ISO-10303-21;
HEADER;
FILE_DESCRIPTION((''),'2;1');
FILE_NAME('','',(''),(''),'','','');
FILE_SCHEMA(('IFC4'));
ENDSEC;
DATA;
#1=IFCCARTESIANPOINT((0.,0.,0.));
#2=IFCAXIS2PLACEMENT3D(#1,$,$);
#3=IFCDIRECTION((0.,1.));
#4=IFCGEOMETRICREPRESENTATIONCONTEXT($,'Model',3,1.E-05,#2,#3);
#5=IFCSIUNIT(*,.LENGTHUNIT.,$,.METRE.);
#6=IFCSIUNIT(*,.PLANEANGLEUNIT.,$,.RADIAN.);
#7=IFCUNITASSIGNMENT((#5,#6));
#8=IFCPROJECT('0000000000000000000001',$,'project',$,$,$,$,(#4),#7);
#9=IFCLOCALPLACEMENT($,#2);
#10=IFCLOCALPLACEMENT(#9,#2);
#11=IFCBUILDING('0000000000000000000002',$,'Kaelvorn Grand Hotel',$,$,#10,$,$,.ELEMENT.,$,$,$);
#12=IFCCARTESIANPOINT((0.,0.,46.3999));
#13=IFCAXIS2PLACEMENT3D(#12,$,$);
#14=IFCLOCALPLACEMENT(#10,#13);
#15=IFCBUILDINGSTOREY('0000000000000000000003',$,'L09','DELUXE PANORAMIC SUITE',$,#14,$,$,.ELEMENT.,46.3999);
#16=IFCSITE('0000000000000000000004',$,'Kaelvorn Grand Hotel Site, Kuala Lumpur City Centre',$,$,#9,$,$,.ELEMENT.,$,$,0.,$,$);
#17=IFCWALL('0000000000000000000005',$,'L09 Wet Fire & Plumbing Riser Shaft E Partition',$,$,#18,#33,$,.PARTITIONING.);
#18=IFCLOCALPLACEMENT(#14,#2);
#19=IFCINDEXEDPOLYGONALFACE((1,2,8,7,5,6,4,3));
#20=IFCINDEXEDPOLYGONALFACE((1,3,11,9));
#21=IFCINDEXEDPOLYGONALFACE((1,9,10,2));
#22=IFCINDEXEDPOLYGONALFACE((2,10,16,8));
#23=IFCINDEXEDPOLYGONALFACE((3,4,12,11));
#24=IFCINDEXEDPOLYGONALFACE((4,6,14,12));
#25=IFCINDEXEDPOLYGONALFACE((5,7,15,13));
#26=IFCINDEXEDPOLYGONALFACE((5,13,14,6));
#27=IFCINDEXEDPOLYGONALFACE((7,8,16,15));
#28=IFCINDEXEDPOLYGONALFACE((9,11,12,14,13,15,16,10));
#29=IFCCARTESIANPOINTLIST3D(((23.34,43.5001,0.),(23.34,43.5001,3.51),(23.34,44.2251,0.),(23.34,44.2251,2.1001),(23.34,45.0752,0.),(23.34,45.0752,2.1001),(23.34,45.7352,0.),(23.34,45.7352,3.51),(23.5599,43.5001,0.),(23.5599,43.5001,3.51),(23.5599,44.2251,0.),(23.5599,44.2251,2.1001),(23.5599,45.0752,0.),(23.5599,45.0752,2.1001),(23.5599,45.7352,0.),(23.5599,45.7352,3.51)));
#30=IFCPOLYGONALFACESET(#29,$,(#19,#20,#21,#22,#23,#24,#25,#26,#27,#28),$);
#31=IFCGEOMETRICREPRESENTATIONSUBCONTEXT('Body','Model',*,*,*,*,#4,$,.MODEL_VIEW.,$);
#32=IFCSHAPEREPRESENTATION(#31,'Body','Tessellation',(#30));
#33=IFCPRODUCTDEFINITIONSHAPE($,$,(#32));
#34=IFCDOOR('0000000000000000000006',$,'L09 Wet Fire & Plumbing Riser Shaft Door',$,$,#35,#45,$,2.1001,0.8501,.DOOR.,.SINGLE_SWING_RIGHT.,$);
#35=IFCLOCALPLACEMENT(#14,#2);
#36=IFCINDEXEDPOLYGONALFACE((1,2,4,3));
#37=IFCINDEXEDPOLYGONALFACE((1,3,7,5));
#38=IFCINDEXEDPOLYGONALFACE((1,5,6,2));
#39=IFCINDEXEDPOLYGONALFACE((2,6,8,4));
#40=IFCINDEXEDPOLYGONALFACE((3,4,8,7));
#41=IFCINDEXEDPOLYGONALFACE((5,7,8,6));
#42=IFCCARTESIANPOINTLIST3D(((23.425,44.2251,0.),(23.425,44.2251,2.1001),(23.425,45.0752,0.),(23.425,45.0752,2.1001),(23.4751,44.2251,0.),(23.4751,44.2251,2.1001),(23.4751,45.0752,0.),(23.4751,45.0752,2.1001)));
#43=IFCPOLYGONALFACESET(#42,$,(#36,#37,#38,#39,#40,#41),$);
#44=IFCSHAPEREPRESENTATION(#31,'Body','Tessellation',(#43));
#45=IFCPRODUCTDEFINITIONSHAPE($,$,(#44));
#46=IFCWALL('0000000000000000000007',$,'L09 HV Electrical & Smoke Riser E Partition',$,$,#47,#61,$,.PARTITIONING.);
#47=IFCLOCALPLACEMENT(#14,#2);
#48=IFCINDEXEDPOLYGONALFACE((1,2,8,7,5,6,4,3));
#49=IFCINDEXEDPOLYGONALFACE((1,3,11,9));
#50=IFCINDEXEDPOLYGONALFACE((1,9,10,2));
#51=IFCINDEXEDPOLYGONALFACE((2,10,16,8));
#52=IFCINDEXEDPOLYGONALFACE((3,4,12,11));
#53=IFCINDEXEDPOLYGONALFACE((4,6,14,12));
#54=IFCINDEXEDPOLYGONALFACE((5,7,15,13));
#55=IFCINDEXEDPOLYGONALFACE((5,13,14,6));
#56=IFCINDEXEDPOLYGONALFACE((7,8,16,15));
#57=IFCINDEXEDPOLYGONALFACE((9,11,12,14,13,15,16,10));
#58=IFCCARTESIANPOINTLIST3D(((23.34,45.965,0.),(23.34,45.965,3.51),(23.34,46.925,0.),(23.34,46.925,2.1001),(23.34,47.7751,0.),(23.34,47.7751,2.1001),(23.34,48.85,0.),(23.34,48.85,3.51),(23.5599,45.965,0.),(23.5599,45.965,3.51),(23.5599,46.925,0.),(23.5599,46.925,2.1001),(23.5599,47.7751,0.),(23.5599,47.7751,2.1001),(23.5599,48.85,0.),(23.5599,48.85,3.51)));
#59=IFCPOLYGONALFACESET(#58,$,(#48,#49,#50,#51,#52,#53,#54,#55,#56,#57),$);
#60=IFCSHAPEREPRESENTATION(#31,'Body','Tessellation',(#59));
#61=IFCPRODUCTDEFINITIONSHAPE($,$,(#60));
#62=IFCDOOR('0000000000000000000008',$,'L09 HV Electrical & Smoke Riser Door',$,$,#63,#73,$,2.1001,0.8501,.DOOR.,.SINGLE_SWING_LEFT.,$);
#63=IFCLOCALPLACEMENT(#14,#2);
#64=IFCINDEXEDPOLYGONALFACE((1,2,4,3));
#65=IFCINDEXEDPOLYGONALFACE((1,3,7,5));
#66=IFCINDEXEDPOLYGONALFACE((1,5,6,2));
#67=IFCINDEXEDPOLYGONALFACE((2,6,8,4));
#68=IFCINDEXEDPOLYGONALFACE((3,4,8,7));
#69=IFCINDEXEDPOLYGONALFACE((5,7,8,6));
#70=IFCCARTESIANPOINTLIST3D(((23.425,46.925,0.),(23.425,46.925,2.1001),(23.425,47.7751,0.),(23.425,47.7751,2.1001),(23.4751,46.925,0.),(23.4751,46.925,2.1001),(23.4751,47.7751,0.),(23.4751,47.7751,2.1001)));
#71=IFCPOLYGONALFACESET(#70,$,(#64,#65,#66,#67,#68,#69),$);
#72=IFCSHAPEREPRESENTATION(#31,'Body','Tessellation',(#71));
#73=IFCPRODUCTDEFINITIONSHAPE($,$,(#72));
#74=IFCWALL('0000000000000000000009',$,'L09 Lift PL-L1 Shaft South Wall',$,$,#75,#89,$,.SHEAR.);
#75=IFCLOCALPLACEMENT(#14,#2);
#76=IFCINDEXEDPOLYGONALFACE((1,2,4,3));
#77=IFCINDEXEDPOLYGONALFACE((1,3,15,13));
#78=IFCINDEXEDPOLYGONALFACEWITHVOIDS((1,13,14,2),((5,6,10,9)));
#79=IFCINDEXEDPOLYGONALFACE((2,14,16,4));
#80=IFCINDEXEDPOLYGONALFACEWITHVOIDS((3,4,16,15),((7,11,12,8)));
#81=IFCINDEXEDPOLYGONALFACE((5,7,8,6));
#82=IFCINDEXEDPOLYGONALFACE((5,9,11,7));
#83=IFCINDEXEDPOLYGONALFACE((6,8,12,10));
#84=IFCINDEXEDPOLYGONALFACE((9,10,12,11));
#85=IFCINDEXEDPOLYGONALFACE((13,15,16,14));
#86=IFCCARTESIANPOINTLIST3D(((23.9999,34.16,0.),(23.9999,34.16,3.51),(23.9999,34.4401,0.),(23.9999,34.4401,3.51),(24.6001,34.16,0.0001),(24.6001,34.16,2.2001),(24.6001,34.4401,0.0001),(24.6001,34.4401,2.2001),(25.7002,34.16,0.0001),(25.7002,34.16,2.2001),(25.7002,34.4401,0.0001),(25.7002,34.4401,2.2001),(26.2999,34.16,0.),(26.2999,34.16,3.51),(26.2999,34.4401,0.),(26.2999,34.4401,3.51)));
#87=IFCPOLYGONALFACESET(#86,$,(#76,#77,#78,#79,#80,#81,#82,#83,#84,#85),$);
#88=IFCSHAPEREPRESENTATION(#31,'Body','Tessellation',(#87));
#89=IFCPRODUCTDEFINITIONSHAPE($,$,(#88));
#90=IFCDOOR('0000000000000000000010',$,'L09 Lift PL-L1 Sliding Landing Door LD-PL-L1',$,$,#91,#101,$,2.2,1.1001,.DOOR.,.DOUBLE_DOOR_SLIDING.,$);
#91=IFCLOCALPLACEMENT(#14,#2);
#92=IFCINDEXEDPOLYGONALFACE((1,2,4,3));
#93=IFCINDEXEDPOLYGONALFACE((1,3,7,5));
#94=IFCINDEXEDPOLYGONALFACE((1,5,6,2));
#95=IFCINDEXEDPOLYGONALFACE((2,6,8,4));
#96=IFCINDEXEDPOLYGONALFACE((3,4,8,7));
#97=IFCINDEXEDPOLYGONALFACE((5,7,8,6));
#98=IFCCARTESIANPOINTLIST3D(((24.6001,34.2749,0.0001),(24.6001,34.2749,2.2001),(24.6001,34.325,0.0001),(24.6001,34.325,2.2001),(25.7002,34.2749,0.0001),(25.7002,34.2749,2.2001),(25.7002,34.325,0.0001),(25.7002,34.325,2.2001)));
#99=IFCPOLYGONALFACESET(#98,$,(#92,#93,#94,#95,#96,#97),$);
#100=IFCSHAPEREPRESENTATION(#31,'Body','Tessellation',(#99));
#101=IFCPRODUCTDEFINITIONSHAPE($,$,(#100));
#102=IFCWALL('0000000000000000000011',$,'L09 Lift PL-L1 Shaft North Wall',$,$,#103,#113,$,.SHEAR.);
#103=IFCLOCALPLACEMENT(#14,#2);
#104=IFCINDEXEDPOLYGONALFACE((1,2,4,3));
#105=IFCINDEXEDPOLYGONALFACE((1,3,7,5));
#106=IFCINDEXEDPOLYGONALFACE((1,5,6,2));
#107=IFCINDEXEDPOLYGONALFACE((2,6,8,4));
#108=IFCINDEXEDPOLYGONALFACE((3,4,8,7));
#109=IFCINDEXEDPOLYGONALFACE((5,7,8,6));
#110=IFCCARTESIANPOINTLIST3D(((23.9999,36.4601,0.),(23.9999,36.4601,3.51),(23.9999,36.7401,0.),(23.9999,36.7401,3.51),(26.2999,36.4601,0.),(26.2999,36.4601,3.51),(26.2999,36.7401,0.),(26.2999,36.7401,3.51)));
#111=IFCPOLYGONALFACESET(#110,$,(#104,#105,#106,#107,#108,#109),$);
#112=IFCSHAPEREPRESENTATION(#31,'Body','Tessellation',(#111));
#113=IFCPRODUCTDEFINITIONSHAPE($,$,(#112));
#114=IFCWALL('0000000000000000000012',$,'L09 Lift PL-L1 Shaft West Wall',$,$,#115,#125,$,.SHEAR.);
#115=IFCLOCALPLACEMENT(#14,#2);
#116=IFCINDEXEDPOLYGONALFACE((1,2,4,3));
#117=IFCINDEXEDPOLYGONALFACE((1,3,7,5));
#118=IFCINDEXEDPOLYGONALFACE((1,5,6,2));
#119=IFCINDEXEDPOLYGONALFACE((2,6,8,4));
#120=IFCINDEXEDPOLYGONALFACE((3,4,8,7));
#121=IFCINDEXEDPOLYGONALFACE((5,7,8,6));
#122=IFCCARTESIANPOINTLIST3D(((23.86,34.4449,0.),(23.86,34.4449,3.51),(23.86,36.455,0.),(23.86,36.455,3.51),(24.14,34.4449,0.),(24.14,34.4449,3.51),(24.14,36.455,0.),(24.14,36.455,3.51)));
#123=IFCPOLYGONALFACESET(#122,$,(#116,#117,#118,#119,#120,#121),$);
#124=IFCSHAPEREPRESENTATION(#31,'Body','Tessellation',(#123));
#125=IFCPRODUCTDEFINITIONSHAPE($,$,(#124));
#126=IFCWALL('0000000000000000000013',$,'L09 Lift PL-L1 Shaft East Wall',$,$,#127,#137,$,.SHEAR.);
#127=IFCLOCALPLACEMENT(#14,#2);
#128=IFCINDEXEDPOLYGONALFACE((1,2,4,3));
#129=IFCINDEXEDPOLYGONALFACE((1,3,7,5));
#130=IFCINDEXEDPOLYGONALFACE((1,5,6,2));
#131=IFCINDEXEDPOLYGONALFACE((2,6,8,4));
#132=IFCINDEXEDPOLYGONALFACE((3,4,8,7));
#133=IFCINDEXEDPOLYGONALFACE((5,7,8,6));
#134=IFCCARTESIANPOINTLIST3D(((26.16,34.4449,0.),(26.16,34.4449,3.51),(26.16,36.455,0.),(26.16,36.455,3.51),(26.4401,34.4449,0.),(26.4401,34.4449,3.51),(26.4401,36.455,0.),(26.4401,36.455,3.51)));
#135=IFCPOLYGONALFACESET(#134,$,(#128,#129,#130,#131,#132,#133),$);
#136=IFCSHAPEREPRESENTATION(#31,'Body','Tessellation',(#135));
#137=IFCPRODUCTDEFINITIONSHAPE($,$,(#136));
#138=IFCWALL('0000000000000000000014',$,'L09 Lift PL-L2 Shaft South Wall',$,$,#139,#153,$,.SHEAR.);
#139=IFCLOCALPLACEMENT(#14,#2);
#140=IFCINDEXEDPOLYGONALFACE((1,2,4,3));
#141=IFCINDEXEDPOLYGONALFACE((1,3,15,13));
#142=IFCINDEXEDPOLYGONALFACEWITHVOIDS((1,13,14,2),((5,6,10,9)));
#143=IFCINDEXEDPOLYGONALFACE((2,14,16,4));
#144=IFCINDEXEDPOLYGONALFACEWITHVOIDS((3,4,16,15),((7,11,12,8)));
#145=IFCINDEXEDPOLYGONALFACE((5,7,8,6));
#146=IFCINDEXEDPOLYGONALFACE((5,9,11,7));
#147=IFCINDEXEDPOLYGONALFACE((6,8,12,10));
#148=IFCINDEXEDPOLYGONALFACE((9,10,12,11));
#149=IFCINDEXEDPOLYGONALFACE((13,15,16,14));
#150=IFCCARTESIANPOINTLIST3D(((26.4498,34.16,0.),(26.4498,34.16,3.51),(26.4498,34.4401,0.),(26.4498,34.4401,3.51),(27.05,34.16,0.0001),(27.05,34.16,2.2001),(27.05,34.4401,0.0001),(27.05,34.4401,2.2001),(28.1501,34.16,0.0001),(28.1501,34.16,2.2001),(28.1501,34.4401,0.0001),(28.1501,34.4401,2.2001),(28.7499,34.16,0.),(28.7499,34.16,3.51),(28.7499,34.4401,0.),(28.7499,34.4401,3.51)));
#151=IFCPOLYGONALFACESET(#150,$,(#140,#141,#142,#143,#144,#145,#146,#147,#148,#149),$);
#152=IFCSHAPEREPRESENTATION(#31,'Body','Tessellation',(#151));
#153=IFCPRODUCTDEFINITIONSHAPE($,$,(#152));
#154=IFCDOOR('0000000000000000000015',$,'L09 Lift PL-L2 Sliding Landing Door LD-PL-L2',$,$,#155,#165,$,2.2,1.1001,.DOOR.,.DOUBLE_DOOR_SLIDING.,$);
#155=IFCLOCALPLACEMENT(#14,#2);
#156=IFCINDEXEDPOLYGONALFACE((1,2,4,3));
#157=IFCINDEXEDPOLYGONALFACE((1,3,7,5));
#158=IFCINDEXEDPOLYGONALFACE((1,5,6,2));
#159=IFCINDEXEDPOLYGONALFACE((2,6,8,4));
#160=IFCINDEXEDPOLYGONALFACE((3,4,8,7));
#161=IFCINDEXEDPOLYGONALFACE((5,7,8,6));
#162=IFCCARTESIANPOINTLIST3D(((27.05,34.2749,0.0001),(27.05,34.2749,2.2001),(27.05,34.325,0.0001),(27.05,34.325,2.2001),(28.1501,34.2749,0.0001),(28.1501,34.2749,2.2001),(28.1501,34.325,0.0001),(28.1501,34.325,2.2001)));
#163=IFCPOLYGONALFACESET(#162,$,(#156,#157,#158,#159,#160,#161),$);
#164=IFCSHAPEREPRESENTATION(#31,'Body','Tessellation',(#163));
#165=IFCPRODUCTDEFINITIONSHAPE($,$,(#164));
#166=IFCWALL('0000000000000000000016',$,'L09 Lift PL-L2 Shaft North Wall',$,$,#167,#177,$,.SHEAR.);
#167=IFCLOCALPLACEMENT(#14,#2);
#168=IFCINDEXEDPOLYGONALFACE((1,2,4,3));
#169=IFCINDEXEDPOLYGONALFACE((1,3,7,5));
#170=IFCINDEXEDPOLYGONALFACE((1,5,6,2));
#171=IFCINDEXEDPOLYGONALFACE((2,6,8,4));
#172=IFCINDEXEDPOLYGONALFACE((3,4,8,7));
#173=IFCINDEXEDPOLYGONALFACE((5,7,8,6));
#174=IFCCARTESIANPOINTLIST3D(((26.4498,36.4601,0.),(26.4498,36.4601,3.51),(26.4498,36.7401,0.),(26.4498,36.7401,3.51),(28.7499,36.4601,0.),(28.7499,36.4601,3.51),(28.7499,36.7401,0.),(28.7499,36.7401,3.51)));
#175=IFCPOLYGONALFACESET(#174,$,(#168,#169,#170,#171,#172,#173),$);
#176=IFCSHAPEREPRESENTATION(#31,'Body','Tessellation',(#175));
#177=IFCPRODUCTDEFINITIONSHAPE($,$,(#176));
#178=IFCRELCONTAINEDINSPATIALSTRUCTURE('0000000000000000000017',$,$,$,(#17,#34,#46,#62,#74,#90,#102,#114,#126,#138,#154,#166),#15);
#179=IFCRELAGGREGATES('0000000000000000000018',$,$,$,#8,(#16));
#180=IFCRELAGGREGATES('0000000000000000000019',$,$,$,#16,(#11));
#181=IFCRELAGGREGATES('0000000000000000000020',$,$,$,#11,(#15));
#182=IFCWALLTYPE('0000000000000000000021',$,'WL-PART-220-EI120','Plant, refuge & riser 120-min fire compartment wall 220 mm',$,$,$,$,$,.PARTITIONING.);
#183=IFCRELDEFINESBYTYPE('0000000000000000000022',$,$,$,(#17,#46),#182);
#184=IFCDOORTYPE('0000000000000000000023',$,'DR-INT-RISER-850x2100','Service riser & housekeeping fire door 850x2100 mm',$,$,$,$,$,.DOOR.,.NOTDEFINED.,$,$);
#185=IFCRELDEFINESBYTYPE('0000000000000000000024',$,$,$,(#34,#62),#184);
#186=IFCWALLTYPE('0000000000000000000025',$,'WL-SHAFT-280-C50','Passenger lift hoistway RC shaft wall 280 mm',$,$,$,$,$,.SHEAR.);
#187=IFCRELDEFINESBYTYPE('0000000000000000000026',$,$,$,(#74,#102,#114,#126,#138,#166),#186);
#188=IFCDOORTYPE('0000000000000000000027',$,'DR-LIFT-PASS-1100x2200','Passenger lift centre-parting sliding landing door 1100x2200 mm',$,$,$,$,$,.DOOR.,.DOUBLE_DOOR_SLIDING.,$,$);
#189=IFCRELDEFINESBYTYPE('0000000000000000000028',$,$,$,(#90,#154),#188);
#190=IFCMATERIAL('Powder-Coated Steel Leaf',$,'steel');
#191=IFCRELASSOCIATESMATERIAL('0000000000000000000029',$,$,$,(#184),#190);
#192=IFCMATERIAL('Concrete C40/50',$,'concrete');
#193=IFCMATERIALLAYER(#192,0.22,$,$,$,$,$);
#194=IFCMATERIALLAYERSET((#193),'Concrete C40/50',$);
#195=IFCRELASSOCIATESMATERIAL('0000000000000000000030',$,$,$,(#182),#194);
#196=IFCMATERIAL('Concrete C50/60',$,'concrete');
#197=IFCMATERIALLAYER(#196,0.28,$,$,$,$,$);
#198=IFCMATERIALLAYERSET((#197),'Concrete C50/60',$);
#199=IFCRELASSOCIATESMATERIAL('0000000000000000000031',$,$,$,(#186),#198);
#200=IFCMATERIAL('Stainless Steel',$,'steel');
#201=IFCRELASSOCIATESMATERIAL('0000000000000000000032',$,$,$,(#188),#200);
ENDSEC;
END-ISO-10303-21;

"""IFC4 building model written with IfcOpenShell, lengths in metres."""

from ifc_helpers import new_model, si_unit, direction, frame, frame_2d, origin, place, context, subcontext, project, spatial, rectangle, extrude, material, layer, layer_set, type_object, element, fill, save


model = new_model("IFC4")

# Units and contexts
model_context = context("Model", 3, precision=1e-05, world=origin(), true_north=direction((0.0, 1.0)))
body_context = subcontext(model_context, "Body", "Model", "MODEL_VIEW")
ifc_project = project(units=[si_unit("LENGTHUNIT", "METRE"), si_unit("PLANEANGLEUNIT", "RADIAN")], contexts=[model_context])

# Site, building, storey
site_placement = place(None, origin())
site = spatial("IfcSite", under=ifc_project, at=site_placement, Name="Kaelvorn Grand Hotel Site, Kuala Lumpur City Centre", CompositionType="ELEMENT", RefElevation=0.0)
building_placement = place(site_placement, origin())
building = spatial("IfcBuilding", under=site, at=building_placement, Name="Kaelvorn Grand Hotel", CompositionType="ELEMENT")
storey_placement = place(building_placement, frame((0.0, 0.0, 46.3999)))
storey = spatial("IfcBuildingStorey", under=building, at=storey_placement, Name="L09", Description="DELUXE PANORAMIC SUITE", CompositionType="ELEMENT", Elevation=46.3999)

# Shared definitions
ifc_material_1 = material(Name="Powder-Coated Steel Leaf", Category="steel")
door_type_1 = type_object("IfcDoorType", Name="DR-INT-RISER-850x2100", Description="Service riser & housekeeping fire door 850x2100 mm", OperationType="NOTDEFINED", PredefinedType="DOOR", material=ifc_material_1)

# Shared definitions
ifc_material_2 = material(Name="Concrete C40/50", Category="concrete")
ifc_layer_1 = layer(ifc_material_2, 0.22)
ifc_layer_set_1 = layer_set([ifc_layer_1], Name="Concrete C40/50")
wall_type_1 = type_object("IfcWallType", Name="WL-PART-220-EI120", Description="Plant, refuge & riser 120-min fire compartment wall 220 mm", PredefinedType="PARTITIONING", material=ifc_layer_set_1)

# Walls, openings, doors
wall_1_placement = place(storey_placement, frame((23.45, 43.5, 0.0), z_axis=(0.0, 0.0, 1.0), x_axis=(0.0, 1.0, 0.0)))
wall_1 = element("IfcWall", 1, at=wall_1_placement, inside=storey, type_object=wall_type_1, Name="L09 Wet Fire & Plumbing Riser Shaft E Partition", PredefinedType="PARTITIONING", context=body_context, shape_type="SweptSolid", body=[
    extrude(rectangle(XDim=2.2351, YDim=0.22, at=frame_2d((1.1177, 0.0))), origin(), (0.0, 0.0, 1.0), 3.51),
])
opening_1_placement = place(wall_1_placement, frame((0.7251, 0.0, 0.0)))
opening_1 = element("IfcOpeningElement", 2, at=opening_1_placement, cuts=wall_1, PredefinedType="OPENING", context=body_context, shape_type="SweptSolid", body=[
    extrude(rectangle(XDim=0.8501, YDim=2.1001, at=frame_2d((0.425, 1.05))), frame((0.0, 0.1201, 0.0), z_axis=(0.0, -1.0, 0.0), x_axis=(1.0, 0.0, 0.0)), (0.0, 0.0, 1.0), 0.24),
])
door_1_placement = place(opening_1_placement, origin())
door_1 = element("IfcDoor", 3, at=door_1_placement, inside=storey, type_object=door_type_1, Name="L09 Wet Fire & Plumbing Riser Shaft Door", OperationType="SINGLE_SWING_RIGHT", OverallHeight=2.1001, OverallWidth=0.8501, PredefinedType="DOOR", context=body_context, shape_type="SweptSolid", body=[
    extrude(rectangle(XDim=0.8501, YDim=2.1001, at=frame_2d((0.425, 1.05))), frame((0.0, 0.0249, 0.0), z_axis=(0.0, -1.0, 0.0), x_axis=(1.0, 0.0, 0.0)), (0.0, 0.0, 1.0), 0.05),
])
fill(opening_1, door_1)
wall_2_placement = place(storey_placement, frame((23.45, 45.9651, 0.0), z_axis=(0.0, 0.0, 1.0), x_axis=(0.0, 1.0, 0.0)))
wall_2 = element("IfcWall", 4, at=wall_2_placement, inside=storey, type_object=wall_type_1, Name="L09 HV Electrical & Smoke Riser E Partition", PredefinedType="PARTITIONING", context=body_context, shape_type="SweptSolid", body=[
    extrude(rectangle(XDim=2.885, YDim=0.22, at=frame_2d((1.4424, 0.0))), origin(), (0.0, 0.0, 1.0), 3.51),
])
opening_2_placement = place(wall_2_placement, frame((0.96, 0.0, 0.0)))
opening_2 = element("IfcOpeningElement", 5, at=opening_2_placement, cuts=wall_2, PredefinedType="OPENING", context=body_context, shape_type="SweptSolid", body=[
    extrude(rectangle(XDim=0.8501, YDim=2.1001, at=frame_2d((0.425, 1.05))), frame((0.0, 0.1201, 0.0), z_axis=(0.0, -1.0, 0.0), x_axis=(1.0, 0.0, 0.0)), (0.0, 0.0, 1.0), 0.24),
])
door_2_placement = place(opening_2_placement, origin())
door_2 = element("IfcDoor", 6, at=door_2_placement, inside=storey, type_object=door_type_1, Name="L09 HV Electrical & Smoke Riser Door", OperationType="SINGLE_SWING_LEFT", OverallHeight=2.1001, OverallWidth=0.8501, PredefinedType="DOOR", context=body_context, shape_type="SweptSolid", body=[
    extrude(rectangle(XDim=0.8501, YDim=2.1001, at=frame_2d((0.425, 1.05))), frame((0.0, 0.0249, 0.0), z_axis=(0.0, -1.0, 0.0), x_axis=(1.0, 0.0, 0.0)), (0.0, 0.0, 1.0), 0.05),
])
fill(opening_2, door_2)
ifc_material_3 = material(Name="Concrete C50/60", Category="concrete")
ifc_layer_2 = layer(ifc_material_3, 0.28)
ifc_layer_set_2 = layer_set([ifc_layer_2], Name="Concrete C50/60")
wall_type_2 = type_object("IfcWallType", Name="WL-SHAFT-280-C50", Description="Passenger lift hoistway RC shaft wall 280 mm", PredefinedType="SHEAR", material=ifc_layer_set_2)
wall_3_placement = place(storey_placement, frame((24.0, 34.3, 0.0), z_axis=(0.0, 0.0, 1.0), x_axis=(1.0, 0.0, 0.0)))
wall_3 = element("IfcWall", 7, at=wall_3_placement, inside=storey, type_object=wall_type_2, Name="L09 Lift PL-L1 Shaft South Wall", PredefinedType="SHEAR", context=body_context, shape_type="SweptSolid", body=[
    extrude(rectangle(XDim=2.3, YDim=0.28, at=frame_2d((1.1499, 0.0))), origin(), (0.0, 0.0, 1.0), 3.51),
])
opening_3_placement = place(wall_3_placement, frame((0.6001, 0.0, 0.0)))
opening_3 = element("IfcOpeningElement", 8, at=opening_3_placement, cuts=wall_3, PredefinedType="OPENING", context=body_context, shape_type="SweptSolid", body=[
    extrude(rectangle(XDim=1.1001, YDim=2.2, at=frame_2d((0.55, 1.1001))), frame((0.0, 0.1499, 0.0), z_axis=(0.0, -1.0, 0.0), x_axis=(1.0, 0.0, 0.0)), (0.0, 0.0, 1.0), 0.3),
])
ifc_material_4 = material(Name="Stainless Steel", Category="steel")
door_type_2 = type_object("IfcDoorType", Name="DR-LIFT-PASS-1100x2200", Description="Passenger lift centre-parting sliding landing door 1100x2200 mm", OperationType="DOUBLE_DOOR_SLIDING", PredefinedType="DOOR", material=ifc_material_4)
door_3_placement = place(opening_3_placement, origin())
door_3 = element("IfcDoor", 9, at=door_3_placement, inside=storey, type_object=door_type_2, Name="L09 Lift PL-L1 Sliding Landing Door LD-PL-L1", OperationType="DOUBLE_DOOR_SLIDING", OverallHeight=2.2, OverallWidth=1.1001, PredefinedType="DOOR", context=body_context, shape_type="SweptSolid", body=[
    extrude(rectangle(XDim=1.1001, YDim=2.2, at=frame_2d((0.55, 1.1001))), frame((0.0, 0.0249, 0.0), z_axis=(0.0, -1.0, 0.0), x_axis=(1.0, 0.0, 0.0)), (0.0, 0.0, 1.0), 0.05),
])
fill(opening_3, door_3)

# Walls
wall_4_placement = place(storey_placement, frame((24.0, 36.6001, 0.0), z_axis=(0.0, 0.0, 1.0), x_axis=(1.0, 0.0, 0.0)))
element("IfcWall", 10, at=wall_4_placement, inside=storey, type_object=wall_type_2, Name="L09 Lift PL-L1 Shaft North Wall", PredefinedType="SHEAR", context=body_context, shape_type="SweptSolid", body=[
    extrude(rectangle(XDim=2.3, YDim=0.28, at=frame_2d((1.1499, 0.0))), origin(), (0.0, 0.0, 1.0), 3.51),
])
for number, where, z_axis, x_axis, name in (
    (11, (24.0, 34.4451, 0.0), (0.0, 0.0, 1.0), (0.0, 1.0, 0.0), "L09 Lift PL-L1 Shaft West Wall"),
    (12, (26.3, 34.4451, 0.0), (0.0, 0.0, 1.0), (0.0, 1.0, 0.0), "L09 Lift PL-L1 Shaft East Wall"),
):
    element("IfcWall", number, at=place(storey_placement, frame(where, z_axis=z_axis, x_axis=x_axis)), inside=storey, type_object=wall_type_2, Name=name, PredefinedType="SHEAR", context=body_context, shape_type="SweptSolid", body=[
        extrude(rectangle(XDim=2.01, YDim=0.28, at=frame_2d((1.0049, 0.0))), origin(), (0.0, 0.0, 1.0), 3.51),
    ])

# Wall, opening, door
wall_5_placement = place(storey_placement, frame((26.45, 34.3, 0.0), z_axis=(0.0, 0.0, 1.0), x_axis=(1.0, 0.0, 0.0)))
wall_5 = element("IfcWall", 13, at=wall_5_placement, inside=storey, type_object=wall_type_2, Name="L09 Lift PL-L2 Shaft South Wall", PredefinedType="SHEAR", context=body_context, shape_type="SweptSolid", body=[
    extrude(rectangle(XDim=2.3, YDim=0.28, at=frame_2d((1.1499, 0.0))), origin(), (0.0, 0.0, 1.0), 3.51),
])
opening_4_placement = place(wall_5_placement, frame((0.6001, 0.0, 0.0)))
opening_4 = element("IfcOpeningElement", 14, at=opening_4_placement, cuts=wall_5, PredefinedType="OPENING", context=body_context, shape_type="SweptSolid", body=[
    extrude(rectangle(XDim=1.1001, YDim=2.2, at=frame_2d((0.55, 1.1001))), frame((0.0, 0.1499, 0.0), z_axis=(0.0, -1.0, 0.0), x_axis=(1.0, 0.0, 0.0)), (0.0, 0.0, 1.0), 0.3),
])
door_4_placement = place(opening_4_placement, origin())
door_4 = element("IfcDoor", 15, at=door_4_placement, inside=storey, type_object=door_type_2, Name="L09 Lift PL-L2 Sliding Landing Door LD-PL-L2", OperationType="DOUBLE_DOOR_SLIDING", OverallHeight=2.2, OverallWidth=1.1001, PredefinedType="DOOR", context=body_context, shape_type="SweptSolid", body=[
    extrude(rectangle(XDim=1.1001, YDim=2.2, at=frame_2d((0.55, 1.1001))), frame((0.0, 0.0249, 0.0), z_axis=(0.0, -1.0, 0.0), x_axis=(1.0, 0.0, 0.0)), (0.0, 0.0, 1.0), 0.05),
])
fill(opening_4, door_4)

# Wall
wall_6_placement = place(storey_placement, frame((26.45, 36.6001, 0.0), z_axis=(0.0, 0.0, 1.0), x_axis=(1.0, 0.0, 0.0)))
element("IfcWall", 16, at=wall_6_placement, inside=storey, type_object=wall_type_2, Name="L09 Lift PL-L2 Shaft North Wall", PredefinedType="SHEAR", context=body_context, shape_type="SweptSolid", body=[
    extrude(rectangle(XDim=2.3, YDim=0.28, at=frame_2d((1.1499, 0.0))), origin(), (0.0, 0.0, 1.0), 3.51),
])

save(model, "model.ifc")
